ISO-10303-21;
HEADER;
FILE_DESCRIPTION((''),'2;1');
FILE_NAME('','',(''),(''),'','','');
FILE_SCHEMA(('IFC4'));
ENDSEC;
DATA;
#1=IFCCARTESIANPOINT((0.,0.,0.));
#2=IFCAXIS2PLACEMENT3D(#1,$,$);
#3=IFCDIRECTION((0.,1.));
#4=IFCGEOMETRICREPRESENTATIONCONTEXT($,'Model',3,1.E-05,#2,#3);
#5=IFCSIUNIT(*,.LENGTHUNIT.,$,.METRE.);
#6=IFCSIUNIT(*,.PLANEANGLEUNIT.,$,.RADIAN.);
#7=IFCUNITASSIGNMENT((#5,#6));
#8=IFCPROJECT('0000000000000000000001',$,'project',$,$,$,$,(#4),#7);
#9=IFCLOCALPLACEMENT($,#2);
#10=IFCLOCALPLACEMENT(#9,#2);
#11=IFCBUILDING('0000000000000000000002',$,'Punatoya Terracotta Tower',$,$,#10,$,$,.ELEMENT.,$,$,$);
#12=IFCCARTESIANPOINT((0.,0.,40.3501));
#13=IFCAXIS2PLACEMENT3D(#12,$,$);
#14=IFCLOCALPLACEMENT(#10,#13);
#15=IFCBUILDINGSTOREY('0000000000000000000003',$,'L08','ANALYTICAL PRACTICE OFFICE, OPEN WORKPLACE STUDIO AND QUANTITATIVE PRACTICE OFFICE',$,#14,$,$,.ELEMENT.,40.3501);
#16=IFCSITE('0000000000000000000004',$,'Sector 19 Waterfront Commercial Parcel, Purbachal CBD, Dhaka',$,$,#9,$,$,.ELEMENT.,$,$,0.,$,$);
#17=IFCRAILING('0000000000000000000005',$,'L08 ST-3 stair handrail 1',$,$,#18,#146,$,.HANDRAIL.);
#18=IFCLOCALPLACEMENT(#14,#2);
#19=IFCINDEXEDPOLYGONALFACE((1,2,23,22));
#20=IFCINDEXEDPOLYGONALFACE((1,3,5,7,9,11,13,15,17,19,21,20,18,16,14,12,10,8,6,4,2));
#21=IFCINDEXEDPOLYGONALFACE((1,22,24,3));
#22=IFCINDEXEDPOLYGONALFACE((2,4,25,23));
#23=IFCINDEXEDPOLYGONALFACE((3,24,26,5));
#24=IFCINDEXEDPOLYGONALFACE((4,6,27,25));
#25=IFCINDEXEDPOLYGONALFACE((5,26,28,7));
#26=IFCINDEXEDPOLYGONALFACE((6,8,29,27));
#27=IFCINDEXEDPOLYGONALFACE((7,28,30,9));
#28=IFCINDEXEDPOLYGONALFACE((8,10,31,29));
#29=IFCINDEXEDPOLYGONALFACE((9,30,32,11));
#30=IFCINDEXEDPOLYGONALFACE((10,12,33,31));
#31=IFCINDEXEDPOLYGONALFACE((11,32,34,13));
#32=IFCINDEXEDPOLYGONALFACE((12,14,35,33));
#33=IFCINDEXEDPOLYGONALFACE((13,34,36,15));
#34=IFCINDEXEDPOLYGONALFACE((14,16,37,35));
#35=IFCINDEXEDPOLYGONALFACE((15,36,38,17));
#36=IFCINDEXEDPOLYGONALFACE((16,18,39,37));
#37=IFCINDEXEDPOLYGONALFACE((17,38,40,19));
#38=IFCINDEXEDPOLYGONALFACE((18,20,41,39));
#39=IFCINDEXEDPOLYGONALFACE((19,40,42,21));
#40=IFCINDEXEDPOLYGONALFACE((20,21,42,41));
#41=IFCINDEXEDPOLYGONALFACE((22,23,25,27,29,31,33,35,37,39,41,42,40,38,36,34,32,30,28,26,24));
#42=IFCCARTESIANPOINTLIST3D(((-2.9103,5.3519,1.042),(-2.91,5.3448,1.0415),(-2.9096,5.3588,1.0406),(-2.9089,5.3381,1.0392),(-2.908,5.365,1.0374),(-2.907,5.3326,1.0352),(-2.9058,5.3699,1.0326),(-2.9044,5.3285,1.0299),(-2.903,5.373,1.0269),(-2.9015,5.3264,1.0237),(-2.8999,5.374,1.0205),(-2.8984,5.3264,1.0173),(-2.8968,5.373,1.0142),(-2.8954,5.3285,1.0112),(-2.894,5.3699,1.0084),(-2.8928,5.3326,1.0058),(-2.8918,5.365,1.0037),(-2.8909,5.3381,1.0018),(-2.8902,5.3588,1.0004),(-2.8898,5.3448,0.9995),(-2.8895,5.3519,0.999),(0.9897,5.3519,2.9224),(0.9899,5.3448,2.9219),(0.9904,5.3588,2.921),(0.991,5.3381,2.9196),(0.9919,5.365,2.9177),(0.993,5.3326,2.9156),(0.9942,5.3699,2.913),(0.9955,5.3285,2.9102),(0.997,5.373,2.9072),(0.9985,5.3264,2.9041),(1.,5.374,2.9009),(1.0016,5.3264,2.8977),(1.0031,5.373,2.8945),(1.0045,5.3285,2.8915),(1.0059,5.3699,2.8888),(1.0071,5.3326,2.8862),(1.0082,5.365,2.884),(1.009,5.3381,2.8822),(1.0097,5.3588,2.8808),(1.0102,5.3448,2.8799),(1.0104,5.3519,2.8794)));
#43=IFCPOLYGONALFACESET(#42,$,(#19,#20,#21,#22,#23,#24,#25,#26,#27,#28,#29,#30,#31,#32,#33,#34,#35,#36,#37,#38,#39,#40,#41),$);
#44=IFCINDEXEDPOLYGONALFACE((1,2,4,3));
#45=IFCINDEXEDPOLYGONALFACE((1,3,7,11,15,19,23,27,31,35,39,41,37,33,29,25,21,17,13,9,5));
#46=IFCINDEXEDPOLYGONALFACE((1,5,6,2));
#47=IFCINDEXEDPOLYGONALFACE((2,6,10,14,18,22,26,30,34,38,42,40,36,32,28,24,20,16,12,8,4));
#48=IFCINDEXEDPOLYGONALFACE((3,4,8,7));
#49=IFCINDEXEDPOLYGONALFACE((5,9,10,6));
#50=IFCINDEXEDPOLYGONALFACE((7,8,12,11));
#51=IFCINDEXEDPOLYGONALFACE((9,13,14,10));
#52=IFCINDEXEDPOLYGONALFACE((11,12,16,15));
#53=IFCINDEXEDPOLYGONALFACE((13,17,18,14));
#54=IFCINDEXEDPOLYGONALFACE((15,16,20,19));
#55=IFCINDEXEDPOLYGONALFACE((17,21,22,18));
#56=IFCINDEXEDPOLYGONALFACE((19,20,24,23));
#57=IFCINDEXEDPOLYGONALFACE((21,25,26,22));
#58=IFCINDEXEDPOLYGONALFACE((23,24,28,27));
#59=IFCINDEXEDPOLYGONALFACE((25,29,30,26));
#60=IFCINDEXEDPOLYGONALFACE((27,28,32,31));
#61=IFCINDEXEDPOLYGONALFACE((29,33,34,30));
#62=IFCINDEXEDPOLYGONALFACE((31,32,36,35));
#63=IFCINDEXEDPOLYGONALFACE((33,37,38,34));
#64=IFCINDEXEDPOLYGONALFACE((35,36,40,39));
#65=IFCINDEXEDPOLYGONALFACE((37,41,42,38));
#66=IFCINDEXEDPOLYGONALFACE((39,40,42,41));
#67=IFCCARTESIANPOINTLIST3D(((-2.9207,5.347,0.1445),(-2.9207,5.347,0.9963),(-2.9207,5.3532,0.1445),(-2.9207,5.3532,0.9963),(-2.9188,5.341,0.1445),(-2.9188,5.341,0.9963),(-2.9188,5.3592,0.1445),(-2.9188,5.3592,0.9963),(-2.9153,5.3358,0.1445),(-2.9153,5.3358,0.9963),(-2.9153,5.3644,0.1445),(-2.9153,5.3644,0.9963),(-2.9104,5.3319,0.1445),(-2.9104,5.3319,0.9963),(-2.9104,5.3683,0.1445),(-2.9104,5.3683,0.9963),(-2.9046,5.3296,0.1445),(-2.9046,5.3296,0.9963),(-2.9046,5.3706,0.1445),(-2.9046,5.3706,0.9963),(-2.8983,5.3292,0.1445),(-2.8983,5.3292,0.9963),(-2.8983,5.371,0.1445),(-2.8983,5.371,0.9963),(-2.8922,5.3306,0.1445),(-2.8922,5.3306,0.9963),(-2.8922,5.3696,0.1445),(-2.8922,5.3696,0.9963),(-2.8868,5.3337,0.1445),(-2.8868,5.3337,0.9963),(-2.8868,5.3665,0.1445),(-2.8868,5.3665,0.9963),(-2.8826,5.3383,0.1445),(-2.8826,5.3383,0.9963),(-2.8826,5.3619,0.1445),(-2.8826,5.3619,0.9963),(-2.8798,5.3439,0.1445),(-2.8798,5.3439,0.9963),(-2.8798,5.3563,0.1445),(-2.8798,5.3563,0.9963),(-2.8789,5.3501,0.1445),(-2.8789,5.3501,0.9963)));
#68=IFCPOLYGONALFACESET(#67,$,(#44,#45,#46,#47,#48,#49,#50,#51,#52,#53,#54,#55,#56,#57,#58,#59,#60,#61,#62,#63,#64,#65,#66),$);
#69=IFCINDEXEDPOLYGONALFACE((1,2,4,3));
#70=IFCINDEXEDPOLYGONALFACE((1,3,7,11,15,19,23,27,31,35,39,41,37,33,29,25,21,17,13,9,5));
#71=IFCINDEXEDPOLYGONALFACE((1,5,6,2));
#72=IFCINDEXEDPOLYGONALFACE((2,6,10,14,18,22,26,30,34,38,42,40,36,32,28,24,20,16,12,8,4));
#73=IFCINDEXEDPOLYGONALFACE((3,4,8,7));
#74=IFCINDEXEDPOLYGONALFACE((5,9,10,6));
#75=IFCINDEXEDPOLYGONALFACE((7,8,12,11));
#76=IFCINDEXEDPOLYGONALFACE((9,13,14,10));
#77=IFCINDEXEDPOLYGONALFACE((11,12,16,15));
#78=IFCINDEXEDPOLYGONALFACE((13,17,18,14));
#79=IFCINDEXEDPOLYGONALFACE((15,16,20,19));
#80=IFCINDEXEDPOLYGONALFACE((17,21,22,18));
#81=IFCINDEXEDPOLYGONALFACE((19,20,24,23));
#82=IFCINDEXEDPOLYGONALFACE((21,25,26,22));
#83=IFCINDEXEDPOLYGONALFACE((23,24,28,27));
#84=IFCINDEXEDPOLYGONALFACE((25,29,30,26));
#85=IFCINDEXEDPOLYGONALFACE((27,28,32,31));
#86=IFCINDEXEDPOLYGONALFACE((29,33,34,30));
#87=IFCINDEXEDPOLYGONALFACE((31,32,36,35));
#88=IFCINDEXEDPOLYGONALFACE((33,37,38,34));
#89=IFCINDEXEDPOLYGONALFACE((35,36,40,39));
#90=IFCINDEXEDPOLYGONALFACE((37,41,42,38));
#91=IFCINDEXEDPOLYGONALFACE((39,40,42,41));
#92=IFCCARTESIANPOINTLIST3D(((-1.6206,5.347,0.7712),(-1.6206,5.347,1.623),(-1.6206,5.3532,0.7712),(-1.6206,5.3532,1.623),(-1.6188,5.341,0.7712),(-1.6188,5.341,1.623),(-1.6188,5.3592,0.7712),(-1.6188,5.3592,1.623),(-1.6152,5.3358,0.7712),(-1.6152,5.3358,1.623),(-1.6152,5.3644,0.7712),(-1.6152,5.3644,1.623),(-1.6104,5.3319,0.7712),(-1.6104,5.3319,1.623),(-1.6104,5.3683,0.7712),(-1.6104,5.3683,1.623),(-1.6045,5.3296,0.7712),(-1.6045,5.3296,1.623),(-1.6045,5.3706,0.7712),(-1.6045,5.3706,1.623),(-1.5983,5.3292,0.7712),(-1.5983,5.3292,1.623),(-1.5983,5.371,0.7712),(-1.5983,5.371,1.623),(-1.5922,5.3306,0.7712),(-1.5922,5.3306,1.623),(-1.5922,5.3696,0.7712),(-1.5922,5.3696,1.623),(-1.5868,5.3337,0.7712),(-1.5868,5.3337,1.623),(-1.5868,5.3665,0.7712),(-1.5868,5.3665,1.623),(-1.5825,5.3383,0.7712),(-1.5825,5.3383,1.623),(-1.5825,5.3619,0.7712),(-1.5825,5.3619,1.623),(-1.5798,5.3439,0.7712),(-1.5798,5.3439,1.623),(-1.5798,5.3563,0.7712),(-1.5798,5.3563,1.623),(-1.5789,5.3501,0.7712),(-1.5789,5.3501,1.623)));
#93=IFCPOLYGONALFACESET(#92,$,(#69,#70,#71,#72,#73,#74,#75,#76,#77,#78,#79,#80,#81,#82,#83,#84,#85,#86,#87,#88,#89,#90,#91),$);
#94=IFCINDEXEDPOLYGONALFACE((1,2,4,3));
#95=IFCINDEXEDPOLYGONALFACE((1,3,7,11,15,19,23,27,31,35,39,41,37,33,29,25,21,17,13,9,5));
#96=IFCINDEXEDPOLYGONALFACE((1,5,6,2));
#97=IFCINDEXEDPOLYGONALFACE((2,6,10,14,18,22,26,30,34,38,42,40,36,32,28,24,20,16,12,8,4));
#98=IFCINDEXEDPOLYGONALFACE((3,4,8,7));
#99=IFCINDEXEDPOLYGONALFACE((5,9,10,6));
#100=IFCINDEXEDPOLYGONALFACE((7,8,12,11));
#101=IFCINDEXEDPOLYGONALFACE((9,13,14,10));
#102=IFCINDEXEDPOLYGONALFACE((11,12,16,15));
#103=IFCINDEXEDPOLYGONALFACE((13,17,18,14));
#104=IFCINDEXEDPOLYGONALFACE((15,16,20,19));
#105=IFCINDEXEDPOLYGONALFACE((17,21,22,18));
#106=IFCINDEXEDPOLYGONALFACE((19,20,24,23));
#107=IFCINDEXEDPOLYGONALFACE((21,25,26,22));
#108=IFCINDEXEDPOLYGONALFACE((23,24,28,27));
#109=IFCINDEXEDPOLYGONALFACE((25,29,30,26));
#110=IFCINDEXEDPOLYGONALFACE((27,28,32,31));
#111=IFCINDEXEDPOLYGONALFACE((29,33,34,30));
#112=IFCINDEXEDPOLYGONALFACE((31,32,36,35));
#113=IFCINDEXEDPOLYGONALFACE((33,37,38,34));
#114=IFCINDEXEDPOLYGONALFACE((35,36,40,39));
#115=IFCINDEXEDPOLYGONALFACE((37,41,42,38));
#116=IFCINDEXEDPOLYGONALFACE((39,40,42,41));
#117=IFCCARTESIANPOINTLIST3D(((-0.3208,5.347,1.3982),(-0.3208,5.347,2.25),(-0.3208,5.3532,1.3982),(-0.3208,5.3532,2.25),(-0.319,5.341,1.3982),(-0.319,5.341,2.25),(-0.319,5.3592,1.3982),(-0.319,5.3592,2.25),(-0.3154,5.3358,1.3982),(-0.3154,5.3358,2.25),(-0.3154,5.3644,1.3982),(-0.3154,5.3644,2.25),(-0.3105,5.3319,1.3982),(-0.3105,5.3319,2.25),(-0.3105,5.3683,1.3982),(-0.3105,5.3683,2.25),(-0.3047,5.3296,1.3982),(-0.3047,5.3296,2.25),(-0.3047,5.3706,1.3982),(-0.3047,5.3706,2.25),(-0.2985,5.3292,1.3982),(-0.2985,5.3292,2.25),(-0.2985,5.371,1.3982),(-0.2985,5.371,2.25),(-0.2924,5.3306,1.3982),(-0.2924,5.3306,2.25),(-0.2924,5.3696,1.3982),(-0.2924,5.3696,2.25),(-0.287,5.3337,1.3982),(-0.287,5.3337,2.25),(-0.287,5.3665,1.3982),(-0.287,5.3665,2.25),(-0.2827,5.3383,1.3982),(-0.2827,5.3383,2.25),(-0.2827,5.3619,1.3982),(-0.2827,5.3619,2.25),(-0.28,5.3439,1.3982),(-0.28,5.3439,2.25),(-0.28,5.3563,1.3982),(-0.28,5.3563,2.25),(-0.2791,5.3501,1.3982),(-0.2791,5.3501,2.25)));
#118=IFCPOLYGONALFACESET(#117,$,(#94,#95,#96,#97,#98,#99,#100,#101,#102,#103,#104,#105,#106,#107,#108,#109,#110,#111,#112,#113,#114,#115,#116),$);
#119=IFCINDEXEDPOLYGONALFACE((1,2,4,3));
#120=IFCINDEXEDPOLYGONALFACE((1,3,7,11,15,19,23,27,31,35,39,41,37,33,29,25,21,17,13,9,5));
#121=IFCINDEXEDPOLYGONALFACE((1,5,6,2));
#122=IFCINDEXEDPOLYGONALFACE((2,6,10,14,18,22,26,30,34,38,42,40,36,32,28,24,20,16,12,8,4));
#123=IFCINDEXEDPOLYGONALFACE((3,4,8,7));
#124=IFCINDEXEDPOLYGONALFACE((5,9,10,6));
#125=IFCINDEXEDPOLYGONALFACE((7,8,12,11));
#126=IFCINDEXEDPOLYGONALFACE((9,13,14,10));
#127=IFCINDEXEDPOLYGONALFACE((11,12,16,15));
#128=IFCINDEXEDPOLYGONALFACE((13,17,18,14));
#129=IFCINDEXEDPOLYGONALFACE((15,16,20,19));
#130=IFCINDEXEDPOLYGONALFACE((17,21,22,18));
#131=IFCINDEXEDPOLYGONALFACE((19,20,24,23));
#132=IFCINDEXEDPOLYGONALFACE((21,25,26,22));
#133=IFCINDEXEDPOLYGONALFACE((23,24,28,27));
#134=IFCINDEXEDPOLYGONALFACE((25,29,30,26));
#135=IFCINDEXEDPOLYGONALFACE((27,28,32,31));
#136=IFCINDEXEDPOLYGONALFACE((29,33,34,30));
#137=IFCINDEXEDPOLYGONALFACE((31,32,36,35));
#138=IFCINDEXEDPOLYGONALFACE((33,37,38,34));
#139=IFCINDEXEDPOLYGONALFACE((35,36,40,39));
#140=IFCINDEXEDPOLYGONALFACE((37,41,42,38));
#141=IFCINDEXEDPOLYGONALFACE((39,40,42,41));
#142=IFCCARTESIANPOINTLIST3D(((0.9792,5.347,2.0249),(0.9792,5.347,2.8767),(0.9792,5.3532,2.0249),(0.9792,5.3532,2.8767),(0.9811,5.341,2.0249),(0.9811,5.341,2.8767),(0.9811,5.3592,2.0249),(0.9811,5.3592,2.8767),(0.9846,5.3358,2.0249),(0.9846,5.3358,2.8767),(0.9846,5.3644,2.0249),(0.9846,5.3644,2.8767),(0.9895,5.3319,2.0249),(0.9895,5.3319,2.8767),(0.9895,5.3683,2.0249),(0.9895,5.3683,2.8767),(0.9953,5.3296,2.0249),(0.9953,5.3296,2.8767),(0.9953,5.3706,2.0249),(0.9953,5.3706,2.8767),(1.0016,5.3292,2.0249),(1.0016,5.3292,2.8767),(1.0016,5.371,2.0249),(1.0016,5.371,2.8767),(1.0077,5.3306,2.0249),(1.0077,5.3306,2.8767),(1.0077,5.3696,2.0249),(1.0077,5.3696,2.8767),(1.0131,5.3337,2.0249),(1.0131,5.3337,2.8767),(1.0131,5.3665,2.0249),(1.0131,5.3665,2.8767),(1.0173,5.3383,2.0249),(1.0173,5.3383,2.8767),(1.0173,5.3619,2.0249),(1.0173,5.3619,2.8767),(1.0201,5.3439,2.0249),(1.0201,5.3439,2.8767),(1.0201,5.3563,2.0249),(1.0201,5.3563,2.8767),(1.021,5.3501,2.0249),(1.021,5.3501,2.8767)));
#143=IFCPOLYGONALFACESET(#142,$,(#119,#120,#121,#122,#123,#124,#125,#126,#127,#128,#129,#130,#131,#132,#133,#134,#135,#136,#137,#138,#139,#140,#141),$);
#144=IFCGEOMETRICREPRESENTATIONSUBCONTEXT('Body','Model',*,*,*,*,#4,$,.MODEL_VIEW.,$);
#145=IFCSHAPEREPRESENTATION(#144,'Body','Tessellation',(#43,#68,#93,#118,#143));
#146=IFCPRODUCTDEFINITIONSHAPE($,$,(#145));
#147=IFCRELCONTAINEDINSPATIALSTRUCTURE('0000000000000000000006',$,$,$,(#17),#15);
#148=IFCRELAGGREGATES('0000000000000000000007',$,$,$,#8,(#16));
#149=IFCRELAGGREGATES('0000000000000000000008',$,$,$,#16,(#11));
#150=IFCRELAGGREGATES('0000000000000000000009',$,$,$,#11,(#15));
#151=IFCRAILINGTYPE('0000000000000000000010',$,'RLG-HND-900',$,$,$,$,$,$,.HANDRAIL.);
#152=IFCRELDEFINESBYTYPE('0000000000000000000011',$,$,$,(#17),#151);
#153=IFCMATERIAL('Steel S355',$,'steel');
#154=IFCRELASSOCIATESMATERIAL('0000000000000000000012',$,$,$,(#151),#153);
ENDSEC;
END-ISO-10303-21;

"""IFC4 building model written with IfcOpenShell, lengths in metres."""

from ifc_helpers import new_model, si_unit, direction, frame, origin, origin_2d, place, context, subcontext, project, spatial, circle, extrude, material, type_object, element, save


model = new_model("IFC4")

# Units and contexts
model_context = context("Model", 3, precision=1e-05, world=origin(), true_north=direction((0.0, 1.0)))
body_context = subcontext(model_context, "Body", "Model", "MODEL_VIEW")
ifc_project = project(units=[si_unit("LENGTHUNIT", "METRE"), si_unit("PLANEANGLEUNIT", "RADIAN")], contexts=[model_context])

# Site, building, storey
site_placement = place(None, origin())
site = spatial("IfcSite", under=ifc_project, at=site_placement, Name="Sector 19 Waterfront Commercial Parcel, Purbachal CBD, Dhaka", CompositionType="ELEMENT", RefElevation=0.0)
building_placement = place(site_placement, origin())
building = spatial("IfcBuilding", under=site, at=building_placement, Name="Punatoya Terracotta Tower", CompositionType="ELEMENT")
storey_placement = place(building_placement, frame((0.0, 0.0, 40.3501)))
storey = spatial("IfcBuildingStorey", under=building, at=storey_placement, Name="L08", Description="ANALYTICAL PRACTICE OFFICE, OPEN WORKPLACE STUDIO AND QUANTITATIVE PRACTICE OFFICE", CompositionType="ELEMENT", Elevation=40.3501)

# Shared definitions
ifc_material_1 = material(Name="Steel S355", Category="steel")

# Railing
railing_type_1 = type_object("IfcRailingType", Name="RLG-HND-900", PredefinedType="HANDRAIL", material=ifc_material_1)
railing_1_placement = place(storey_placement, frame((-2.8999, 5.3501, 0.1445)))
element("IfcRailing", 1, at=railing_1_placement, inside=storey, type_object=railing_type_1, Name="L08 ST-3 stair handrail 1", PredefinedType="HANDRAIL", context=body_context, shape_type="SweptSolid", body=[
    extrude(circle(Radius=0.0239, at=origin_2d()), frame((0.0, 0.0, 0.876), z_axis=(0.900763, 0.0, 0.434311), x_axis=(0.0, 1.0, 0.0)), (0.0, 0.0, 1.0), 4.3296),
    extrude(circle(Radius=0.021, at=origin_2d()), origin(), (0.0, 0.0, 1.0), 0.8518),
    extrude(circle(Radius=0.021, at=origin_2d()), frame((1.3, 0.0, 0.6267)), (0.0, 0.0, 1.0), 0.8518),
    extrude(circle(Radius=0.021, at=origin_2d()), frame((2.5999, 0.0, 1.2537)), (0.0, 0.0, 1.0), 0.8518),
    extrude(circle(Radius=0.021, at=origin_2d()), frame((3.8999, 0.0, 1.8804)), (0.0, 0.0, 1.0), 0.8518),
])

save(model, "model.ifc")
